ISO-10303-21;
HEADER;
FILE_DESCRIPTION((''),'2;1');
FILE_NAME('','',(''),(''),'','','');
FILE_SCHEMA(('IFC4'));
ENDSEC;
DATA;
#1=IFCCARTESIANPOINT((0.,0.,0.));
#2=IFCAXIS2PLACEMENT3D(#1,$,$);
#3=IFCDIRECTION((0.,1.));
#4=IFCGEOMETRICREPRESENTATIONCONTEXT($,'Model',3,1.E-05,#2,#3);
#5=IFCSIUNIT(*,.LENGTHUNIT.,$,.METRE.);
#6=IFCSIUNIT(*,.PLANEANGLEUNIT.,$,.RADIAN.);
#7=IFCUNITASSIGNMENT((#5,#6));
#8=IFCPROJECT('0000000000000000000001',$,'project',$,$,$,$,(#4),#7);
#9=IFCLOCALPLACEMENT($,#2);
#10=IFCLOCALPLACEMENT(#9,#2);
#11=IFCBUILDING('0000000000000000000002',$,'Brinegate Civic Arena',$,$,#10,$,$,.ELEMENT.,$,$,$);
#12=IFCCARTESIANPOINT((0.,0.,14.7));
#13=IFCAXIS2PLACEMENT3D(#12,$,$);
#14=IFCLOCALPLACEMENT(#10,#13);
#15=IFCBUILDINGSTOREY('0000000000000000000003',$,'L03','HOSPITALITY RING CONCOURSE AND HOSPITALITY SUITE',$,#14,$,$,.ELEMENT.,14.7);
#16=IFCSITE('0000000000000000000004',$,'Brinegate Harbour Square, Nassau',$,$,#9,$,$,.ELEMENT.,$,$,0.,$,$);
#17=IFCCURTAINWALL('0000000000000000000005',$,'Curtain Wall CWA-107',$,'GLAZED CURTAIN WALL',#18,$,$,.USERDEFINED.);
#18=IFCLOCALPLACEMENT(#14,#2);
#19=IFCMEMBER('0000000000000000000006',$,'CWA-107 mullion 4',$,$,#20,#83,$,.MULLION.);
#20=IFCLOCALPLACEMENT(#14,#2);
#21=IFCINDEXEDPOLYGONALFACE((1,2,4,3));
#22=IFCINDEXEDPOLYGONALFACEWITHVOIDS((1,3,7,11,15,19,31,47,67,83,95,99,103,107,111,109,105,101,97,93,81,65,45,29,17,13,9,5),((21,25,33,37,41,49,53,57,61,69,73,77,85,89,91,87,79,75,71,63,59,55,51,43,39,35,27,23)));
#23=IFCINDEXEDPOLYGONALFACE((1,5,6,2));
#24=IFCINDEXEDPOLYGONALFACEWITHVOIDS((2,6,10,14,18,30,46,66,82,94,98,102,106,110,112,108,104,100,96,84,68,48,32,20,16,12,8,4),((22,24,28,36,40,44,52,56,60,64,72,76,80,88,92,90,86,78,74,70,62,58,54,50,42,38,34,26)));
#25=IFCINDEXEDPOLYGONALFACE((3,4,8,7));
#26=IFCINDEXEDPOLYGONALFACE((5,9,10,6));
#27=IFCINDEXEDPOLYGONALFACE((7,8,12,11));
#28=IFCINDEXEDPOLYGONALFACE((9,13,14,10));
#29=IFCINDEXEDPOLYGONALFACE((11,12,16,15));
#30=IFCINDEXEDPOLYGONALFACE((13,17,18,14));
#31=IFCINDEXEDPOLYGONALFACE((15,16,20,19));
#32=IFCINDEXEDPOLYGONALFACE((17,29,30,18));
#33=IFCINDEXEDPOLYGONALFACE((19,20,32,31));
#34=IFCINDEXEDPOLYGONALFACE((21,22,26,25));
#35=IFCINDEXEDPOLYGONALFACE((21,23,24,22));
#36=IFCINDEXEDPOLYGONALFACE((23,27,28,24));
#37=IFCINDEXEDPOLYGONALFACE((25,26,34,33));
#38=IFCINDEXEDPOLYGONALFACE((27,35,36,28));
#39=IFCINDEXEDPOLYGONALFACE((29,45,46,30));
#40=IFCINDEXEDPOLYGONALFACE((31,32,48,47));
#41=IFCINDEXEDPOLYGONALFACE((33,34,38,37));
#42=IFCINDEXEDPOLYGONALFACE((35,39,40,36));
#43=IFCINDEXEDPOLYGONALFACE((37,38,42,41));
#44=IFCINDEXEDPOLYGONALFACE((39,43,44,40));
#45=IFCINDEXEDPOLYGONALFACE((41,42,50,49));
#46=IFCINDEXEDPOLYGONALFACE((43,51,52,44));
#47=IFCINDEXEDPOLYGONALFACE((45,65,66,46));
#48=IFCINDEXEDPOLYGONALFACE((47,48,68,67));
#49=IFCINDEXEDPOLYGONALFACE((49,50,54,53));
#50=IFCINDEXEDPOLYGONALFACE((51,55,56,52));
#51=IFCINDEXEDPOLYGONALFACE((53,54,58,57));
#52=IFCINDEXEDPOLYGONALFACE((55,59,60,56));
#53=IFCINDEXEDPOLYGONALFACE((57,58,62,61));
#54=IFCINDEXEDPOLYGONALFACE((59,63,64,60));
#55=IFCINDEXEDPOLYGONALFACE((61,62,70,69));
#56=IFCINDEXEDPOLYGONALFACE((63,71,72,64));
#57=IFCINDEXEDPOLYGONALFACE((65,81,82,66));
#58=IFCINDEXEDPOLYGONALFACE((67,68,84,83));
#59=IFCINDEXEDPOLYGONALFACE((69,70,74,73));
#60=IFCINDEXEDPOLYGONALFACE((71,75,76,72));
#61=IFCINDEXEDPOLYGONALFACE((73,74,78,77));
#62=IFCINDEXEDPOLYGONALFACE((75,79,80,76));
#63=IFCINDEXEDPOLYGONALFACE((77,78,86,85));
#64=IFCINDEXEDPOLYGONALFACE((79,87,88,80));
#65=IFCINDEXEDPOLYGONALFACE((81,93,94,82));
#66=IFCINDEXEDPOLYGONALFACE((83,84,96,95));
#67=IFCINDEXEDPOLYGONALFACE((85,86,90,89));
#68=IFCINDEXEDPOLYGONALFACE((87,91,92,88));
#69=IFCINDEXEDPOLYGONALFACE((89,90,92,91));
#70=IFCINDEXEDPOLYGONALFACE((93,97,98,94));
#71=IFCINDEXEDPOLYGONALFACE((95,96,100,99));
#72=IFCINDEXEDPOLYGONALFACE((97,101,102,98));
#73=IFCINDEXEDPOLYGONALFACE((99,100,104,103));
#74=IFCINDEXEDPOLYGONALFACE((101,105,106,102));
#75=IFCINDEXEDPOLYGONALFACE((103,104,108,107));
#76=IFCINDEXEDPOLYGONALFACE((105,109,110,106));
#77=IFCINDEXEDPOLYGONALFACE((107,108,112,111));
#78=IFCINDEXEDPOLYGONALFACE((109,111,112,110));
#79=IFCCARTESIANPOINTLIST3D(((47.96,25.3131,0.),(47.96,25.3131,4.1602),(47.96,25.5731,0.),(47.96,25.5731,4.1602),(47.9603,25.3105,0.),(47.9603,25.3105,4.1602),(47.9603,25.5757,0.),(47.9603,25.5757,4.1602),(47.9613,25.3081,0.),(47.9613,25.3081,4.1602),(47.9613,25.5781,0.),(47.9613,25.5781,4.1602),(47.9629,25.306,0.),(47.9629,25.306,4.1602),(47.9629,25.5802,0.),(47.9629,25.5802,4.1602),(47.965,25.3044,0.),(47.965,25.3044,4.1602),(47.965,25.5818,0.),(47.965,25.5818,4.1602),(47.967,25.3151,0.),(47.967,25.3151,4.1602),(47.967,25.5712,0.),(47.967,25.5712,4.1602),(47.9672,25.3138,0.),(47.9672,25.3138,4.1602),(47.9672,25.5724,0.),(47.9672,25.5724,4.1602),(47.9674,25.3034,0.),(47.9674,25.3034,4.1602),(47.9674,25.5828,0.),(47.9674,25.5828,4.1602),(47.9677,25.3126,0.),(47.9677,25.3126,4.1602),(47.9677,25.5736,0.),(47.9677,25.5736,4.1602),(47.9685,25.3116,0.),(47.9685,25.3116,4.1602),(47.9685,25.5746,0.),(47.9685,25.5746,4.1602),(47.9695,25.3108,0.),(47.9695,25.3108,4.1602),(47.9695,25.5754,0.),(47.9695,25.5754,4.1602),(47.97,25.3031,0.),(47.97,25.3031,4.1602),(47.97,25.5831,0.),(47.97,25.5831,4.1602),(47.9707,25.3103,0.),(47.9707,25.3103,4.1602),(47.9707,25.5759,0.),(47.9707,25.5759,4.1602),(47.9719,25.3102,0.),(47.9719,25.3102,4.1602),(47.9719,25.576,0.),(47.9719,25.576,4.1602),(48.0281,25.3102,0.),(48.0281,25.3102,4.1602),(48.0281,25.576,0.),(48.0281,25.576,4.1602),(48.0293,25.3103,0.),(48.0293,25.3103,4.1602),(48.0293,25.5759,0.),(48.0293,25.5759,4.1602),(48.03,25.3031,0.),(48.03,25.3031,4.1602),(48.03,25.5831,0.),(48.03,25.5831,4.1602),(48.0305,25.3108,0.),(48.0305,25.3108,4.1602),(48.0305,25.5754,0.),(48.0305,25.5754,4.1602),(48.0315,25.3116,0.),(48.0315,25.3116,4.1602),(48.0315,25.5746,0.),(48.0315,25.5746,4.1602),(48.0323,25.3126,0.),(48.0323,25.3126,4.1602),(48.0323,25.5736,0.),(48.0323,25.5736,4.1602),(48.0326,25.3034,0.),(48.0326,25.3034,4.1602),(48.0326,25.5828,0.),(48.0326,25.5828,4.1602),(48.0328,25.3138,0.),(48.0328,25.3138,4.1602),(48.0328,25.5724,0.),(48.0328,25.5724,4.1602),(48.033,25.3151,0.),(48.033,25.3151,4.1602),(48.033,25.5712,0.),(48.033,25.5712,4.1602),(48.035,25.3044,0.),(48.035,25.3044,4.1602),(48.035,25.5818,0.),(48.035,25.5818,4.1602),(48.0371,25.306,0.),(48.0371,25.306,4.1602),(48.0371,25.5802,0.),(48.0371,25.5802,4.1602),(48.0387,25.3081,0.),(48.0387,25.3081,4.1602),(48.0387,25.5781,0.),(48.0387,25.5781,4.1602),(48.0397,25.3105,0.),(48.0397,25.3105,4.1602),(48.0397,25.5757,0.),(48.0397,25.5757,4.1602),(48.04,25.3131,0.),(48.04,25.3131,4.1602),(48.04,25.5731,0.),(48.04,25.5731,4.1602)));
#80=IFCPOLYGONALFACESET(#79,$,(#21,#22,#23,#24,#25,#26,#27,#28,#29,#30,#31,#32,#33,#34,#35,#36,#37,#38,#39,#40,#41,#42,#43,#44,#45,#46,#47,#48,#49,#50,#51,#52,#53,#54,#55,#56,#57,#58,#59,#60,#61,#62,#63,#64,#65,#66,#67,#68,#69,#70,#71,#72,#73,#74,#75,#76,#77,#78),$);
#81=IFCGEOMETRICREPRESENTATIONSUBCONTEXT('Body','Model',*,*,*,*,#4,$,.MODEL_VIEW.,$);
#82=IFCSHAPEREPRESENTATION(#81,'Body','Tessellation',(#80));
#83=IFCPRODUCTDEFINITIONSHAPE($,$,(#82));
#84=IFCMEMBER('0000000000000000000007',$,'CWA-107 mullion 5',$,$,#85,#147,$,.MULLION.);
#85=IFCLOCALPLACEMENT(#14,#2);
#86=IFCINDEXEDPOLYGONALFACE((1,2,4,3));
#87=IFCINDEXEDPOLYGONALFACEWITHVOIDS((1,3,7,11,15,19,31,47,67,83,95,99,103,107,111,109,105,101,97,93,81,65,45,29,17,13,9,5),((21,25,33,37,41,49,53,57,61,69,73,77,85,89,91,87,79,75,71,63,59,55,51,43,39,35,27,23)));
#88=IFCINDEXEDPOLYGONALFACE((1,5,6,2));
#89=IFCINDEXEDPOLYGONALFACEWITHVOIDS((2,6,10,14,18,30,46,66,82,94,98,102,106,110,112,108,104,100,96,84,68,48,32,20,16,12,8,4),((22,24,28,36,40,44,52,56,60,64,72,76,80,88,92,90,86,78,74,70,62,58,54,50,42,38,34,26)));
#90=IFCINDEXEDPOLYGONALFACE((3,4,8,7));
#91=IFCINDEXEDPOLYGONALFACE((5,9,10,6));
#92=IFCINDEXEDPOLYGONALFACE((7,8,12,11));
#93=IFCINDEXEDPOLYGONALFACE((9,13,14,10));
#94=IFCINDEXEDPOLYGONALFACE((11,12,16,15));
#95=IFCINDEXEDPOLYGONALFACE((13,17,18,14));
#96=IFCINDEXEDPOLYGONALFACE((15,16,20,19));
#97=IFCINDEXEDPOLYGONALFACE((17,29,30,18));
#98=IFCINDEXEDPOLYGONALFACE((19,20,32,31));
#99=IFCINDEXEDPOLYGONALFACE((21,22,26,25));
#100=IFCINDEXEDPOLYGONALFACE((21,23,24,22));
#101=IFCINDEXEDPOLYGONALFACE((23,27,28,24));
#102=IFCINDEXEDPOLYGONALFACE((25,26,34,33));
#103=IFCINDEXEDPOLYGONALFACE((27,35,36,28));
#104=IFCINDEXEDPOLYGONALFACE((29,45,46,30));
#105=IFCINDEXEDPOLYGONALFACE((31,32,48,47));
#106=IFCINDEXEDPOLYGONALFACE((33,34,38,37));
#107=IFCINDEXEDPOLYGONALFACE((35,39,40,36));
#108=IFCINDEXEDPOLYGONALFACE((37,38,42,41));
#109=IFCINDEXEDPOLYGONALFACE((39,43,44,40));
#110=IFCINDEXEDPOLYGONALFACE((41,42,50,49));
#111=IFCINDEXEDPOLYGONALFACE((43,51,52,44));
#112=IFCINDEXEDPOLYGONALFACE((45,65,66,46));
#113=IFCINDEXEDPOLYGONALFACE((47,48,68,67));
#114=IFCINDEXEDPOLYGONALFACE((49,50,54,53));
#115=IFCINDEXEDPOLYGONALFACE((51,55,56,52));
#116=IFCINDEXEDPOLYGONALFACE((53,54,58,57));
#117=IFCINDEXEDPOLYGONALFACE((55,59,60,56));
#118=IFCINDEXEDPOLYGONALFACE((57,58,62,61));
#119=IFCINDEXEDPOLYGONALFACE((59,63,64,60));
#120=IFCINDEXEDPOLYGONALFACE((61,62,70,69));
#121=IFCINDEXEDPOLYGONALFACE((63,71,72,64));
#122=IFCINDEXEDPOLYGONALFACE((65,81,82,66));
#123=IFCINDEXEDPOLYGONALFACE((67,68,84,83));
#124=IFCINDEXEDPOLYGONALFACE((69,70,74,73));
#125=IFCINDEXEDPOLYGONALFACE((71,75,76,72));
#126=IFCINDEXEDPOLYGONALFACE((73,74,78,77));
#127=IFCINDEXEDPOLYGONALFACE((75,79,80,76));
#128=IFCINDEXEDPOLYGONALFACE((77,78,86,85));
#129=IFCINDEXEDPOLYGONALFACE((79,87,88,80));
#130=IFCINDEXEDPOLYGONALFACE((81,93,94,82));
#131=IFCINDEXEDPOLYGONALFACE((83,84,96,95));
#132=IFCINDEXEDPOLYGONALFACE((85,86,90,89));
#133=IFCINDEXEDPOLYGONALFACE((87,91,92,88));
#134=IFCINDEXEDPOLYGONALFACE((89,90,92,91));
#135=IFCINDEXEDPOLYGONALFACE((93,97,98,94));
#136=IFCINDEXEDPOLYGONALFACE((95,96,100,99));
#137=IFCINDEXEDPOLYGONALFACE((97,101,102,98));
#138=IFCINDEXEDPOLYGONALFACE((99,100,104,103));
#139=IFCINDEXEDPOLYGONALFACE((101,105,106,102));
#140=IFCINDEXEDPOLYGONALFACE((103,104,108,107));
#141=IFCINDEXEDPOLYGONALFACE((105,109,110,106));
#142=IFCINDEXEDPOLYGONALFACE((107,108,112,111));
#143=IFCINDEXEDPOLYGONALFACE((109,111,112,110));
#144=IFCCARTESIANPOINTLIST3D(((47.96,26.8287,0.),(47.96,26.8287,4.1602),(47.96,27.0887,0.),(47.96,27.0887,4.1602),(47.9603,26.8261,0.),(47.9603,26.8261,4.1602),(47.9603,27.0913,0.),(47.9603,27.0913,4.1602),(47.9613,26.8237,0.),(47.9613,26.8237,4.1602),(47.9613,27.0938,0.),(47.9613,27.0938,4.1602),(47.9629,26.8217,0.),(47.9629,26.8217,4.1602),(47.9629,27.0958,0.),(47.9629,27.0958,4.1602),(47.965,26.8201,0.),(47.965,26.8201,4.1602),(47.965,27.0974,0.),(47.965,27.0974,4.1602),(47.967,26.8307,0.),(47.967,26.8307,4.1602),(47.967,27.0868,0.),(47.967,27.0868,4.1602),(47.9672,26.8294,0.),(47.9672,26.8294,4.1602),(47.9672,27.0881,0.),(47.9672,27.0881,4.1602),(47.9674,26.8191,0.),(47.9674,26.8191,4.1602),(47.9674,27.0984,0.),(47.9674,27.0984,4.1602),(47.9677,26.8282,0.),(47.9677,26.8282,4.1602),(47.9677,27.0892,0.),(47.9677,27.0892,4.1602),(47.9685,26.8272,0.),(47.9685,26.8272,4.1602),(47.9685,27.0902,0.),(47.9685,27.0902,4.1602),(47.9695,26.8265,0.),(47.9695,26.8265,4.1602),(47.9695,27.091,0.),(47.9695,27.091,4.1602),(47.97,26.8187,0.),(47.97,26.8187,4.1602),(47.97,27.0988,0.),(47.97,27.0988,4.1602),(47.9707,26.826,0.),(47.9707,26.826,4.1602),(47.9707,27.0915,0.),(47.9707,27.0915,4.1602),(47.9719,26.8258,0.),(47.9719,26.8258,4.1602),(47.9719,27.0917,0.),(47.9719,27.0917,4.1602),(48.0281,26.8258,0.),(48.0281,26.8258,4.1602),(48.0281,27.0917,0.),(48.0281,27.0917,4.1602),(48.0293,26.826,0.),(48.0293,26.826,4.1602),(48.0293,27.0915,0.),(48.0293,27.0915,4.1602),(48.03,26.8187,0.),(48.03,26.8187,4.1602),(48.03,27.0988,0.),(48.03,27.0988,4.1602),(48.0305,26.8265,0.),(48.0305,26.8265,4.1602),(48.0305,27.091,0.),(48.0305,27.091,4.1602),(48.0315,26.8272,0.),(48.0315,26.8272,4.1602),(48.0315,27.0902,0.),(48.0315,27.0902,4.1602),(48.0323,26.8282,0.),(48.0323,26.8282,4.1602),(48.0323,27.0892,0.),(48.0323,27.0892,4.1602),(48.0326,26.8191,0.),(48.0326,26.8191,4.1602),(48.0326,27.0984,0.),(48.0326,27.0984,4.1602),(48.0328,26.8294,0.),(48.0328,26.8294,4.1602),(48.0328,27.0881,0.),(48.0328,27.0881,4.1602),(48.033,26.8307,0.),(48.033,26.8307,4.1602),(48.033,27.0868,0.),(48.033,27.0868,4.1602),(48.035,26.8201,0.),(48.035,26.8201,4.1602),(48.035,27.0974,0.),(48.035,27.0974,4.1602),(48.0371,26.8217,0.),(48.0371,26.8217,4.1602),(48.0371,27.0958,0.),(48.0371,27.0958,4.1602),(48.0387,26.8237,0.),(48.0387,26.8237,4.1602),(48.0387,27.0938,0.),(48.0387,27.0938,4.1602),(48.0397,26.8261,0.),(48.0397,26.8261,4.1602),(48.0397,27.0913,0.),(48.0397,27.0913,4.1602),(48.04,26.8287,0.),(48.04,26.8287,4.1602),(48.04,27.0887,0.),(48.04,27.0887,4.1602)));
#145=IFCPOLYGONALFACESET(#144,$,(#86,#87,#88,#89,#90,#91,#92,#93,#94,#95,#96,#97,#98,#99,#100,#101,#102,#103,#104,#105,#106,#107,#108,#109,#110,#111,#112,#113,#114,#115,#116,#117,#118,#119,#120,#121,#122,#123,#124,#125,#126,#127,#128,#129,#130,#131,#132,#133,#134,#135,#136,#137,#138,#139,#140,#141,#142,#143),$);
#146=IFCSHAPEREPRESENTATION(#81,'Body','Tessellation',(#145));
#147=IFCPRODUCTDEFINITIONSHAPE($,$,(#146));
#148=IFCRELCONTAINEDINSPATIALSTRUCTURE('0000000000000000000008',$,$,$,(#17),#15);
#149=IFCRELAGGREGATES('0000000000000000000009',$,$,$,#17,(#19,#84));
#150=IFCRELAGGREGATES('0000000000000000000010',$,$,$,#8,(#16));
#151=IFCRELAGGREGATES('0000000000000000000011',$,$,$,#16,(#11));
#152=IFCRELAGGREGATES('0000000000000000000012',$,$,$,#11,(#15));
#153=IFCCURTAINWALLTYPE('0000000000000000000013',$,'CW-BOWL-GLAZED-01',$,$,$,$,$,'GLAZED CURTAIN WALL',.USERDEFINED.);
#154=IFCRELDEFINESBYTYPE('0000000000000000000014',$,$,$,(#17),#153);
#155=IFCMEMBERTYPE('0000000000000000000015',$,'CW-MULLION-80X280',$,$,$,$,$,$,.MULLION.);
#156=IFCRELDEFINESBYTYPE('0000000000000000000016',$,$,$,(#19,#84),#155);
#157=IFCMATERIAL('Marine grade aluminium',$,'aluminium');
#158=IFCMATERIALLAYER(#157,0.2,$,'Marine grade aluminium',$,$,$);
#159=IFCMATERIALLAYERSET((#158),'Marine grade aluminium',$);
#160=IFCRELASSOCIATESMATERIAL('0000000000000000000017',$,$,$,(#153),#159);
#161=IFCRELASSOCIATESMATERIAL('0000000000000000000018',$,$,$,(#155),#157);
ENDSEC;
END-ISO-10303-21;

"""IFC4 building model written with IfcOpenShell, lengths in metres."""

from ifc_helpers import new_model, si_unit, direction, frame, origin, origin_2d, place, context, subcontext, project, spatial, hollow_rectangle, extrude, material, layer, layer_set, material_profile, profile_set, type_object, element, aggregate, save


model = new_model("IFC4")

# Units and contexts
model_context = context("Model", 3, precision=1e-05, world=origin(), true_north=direction((0.0, 1.0)))
body_context = subcontext(model_context, "Body", "Model", "MODEL_VIEW")
ifc_project = project(units=[si_unit("LENGTHUNIT", "METRE"), si_unit("PLANEANGLEUNIT", "RADIAN")], contexts=[model_context])

# Site, building, storey
site_placement = place(None, origin())
site = spatial("IfcSite", under=ifc_project, at=site_placement, Name="Brinegate Harbour Square, Nassau", CompositionType="ELEMENT", RefElevation=0.0)
building_placement = place(site_placement, origin())
building = spatial("IfcBuilding", under=site, at=building_placement, Name="Brinegate Civic Arena", CompositionType="ELEMENT")
storey_placement = place(building_placement, frame((0.0, 0.0, 14.7)))
storey = spatial("IfcBuildingStorey", under=building, at=storey_placement, Name="L03", Description="HOSPITALITY RING CONCOURSE AND HOSPITALITY SUITE", CompositionType="ELEMENT", Elevation=14.7)

# Curtain wall, members
ifc_material_1 = material(Name="Marine grade aluminium", Category="aluminium")
ifc_layer_1 = layer(ifc_material_1, 0.2, Name="Marine grade aluminium")
ifc_layer_set_1 = layer_set([ifc_layer_1], Name="Marine grade aluminium")
curtain_wall_type = type_object("IfcCurtainWallType", Name="CW-BOWL-GLAZED-01", ElementType="GLAZED CURTAIN WALL", PredefinedType="USERDEFINED", material=ifc_layer_set_1)
curtain_wall_1_placement = place(storey_placement, origin())
curtain_wall_1 = element("IfcCurtainWall", 1, at=curtain_wall_1_placement, inside=storey, type_object=curtain_wall_type, Name="Curtain Wall CWA-107", ObjectType="GLAZED CURTAIN WALL", PredefinedType="USERDEFINED")
ifc_material_profile_1 = material_profile(ifc_material_1, hollow_rectangle(XDim=0.0801, YDim=0.28, WallThickness=0.0071, InnerFilletRadius=0.0049, OuterFilletRadius=0.01, at=origin_2d()), Name="MUL80X280")
ifc_profile_set_1 = profile_set([ifc_material_profile_1], Name="Marine grade aluminium")
member_type_1 = type_object("IfcMemberType", Name="CW-MULLION-80X280", PredefinedType="MULLION", material=ifc_profile_set_1)
member_1_placement = place(storey_placement, frame((48.0, 25.4431, 0.0), z_axis=(0.0, 0.0, 1.0), x_axis=(-1.0, 0.0, 0.0)))
member_1 = element("IfcMember", 2, at=member_1_placement, type_object=member_type_1, Name="CWA-107 mullion 4", PredefinedType="MULLION", context=body_context, shape_type="SweptSolid", body=[
    extrude(hollow_rectangle(XDim=0.0801, YDim=0.28, WallThickness=0.0071, InnerFilletRadius=0.0049, OuterFilletRadius=0.01, at=origin_2d()), origin(), (0.0, 0.0, 1.0), 4.1602),
])
member_2_placement = place(storey_placement, frame((48.0, 26.9587, 0.0), z_axis=(0.0, 0.0, 1.0), x_axis=(-1.0, 0.0, 0.0)))
member_2 = element("IfcMember", 3, at=member_2_placement, type_object=member_type_1, Name="CWA-107 mullion 5", PredefinedType="MULLION", context=body_context, shape_type="SweptSolid", body=[
    extrude(hollow_rectangle(XDim=0.0801, YDim=0.28, WallThickness=0.0071, InnerFilletRadius=0.0049, OuterFilletRadius=0.01, at=origin_2d()), origin(), (0.0, 0.0, 1.0), 4.1602),
])

aggregate(curtain_wall_1, [member_1, member_2])

save(model, "model.ifc")
